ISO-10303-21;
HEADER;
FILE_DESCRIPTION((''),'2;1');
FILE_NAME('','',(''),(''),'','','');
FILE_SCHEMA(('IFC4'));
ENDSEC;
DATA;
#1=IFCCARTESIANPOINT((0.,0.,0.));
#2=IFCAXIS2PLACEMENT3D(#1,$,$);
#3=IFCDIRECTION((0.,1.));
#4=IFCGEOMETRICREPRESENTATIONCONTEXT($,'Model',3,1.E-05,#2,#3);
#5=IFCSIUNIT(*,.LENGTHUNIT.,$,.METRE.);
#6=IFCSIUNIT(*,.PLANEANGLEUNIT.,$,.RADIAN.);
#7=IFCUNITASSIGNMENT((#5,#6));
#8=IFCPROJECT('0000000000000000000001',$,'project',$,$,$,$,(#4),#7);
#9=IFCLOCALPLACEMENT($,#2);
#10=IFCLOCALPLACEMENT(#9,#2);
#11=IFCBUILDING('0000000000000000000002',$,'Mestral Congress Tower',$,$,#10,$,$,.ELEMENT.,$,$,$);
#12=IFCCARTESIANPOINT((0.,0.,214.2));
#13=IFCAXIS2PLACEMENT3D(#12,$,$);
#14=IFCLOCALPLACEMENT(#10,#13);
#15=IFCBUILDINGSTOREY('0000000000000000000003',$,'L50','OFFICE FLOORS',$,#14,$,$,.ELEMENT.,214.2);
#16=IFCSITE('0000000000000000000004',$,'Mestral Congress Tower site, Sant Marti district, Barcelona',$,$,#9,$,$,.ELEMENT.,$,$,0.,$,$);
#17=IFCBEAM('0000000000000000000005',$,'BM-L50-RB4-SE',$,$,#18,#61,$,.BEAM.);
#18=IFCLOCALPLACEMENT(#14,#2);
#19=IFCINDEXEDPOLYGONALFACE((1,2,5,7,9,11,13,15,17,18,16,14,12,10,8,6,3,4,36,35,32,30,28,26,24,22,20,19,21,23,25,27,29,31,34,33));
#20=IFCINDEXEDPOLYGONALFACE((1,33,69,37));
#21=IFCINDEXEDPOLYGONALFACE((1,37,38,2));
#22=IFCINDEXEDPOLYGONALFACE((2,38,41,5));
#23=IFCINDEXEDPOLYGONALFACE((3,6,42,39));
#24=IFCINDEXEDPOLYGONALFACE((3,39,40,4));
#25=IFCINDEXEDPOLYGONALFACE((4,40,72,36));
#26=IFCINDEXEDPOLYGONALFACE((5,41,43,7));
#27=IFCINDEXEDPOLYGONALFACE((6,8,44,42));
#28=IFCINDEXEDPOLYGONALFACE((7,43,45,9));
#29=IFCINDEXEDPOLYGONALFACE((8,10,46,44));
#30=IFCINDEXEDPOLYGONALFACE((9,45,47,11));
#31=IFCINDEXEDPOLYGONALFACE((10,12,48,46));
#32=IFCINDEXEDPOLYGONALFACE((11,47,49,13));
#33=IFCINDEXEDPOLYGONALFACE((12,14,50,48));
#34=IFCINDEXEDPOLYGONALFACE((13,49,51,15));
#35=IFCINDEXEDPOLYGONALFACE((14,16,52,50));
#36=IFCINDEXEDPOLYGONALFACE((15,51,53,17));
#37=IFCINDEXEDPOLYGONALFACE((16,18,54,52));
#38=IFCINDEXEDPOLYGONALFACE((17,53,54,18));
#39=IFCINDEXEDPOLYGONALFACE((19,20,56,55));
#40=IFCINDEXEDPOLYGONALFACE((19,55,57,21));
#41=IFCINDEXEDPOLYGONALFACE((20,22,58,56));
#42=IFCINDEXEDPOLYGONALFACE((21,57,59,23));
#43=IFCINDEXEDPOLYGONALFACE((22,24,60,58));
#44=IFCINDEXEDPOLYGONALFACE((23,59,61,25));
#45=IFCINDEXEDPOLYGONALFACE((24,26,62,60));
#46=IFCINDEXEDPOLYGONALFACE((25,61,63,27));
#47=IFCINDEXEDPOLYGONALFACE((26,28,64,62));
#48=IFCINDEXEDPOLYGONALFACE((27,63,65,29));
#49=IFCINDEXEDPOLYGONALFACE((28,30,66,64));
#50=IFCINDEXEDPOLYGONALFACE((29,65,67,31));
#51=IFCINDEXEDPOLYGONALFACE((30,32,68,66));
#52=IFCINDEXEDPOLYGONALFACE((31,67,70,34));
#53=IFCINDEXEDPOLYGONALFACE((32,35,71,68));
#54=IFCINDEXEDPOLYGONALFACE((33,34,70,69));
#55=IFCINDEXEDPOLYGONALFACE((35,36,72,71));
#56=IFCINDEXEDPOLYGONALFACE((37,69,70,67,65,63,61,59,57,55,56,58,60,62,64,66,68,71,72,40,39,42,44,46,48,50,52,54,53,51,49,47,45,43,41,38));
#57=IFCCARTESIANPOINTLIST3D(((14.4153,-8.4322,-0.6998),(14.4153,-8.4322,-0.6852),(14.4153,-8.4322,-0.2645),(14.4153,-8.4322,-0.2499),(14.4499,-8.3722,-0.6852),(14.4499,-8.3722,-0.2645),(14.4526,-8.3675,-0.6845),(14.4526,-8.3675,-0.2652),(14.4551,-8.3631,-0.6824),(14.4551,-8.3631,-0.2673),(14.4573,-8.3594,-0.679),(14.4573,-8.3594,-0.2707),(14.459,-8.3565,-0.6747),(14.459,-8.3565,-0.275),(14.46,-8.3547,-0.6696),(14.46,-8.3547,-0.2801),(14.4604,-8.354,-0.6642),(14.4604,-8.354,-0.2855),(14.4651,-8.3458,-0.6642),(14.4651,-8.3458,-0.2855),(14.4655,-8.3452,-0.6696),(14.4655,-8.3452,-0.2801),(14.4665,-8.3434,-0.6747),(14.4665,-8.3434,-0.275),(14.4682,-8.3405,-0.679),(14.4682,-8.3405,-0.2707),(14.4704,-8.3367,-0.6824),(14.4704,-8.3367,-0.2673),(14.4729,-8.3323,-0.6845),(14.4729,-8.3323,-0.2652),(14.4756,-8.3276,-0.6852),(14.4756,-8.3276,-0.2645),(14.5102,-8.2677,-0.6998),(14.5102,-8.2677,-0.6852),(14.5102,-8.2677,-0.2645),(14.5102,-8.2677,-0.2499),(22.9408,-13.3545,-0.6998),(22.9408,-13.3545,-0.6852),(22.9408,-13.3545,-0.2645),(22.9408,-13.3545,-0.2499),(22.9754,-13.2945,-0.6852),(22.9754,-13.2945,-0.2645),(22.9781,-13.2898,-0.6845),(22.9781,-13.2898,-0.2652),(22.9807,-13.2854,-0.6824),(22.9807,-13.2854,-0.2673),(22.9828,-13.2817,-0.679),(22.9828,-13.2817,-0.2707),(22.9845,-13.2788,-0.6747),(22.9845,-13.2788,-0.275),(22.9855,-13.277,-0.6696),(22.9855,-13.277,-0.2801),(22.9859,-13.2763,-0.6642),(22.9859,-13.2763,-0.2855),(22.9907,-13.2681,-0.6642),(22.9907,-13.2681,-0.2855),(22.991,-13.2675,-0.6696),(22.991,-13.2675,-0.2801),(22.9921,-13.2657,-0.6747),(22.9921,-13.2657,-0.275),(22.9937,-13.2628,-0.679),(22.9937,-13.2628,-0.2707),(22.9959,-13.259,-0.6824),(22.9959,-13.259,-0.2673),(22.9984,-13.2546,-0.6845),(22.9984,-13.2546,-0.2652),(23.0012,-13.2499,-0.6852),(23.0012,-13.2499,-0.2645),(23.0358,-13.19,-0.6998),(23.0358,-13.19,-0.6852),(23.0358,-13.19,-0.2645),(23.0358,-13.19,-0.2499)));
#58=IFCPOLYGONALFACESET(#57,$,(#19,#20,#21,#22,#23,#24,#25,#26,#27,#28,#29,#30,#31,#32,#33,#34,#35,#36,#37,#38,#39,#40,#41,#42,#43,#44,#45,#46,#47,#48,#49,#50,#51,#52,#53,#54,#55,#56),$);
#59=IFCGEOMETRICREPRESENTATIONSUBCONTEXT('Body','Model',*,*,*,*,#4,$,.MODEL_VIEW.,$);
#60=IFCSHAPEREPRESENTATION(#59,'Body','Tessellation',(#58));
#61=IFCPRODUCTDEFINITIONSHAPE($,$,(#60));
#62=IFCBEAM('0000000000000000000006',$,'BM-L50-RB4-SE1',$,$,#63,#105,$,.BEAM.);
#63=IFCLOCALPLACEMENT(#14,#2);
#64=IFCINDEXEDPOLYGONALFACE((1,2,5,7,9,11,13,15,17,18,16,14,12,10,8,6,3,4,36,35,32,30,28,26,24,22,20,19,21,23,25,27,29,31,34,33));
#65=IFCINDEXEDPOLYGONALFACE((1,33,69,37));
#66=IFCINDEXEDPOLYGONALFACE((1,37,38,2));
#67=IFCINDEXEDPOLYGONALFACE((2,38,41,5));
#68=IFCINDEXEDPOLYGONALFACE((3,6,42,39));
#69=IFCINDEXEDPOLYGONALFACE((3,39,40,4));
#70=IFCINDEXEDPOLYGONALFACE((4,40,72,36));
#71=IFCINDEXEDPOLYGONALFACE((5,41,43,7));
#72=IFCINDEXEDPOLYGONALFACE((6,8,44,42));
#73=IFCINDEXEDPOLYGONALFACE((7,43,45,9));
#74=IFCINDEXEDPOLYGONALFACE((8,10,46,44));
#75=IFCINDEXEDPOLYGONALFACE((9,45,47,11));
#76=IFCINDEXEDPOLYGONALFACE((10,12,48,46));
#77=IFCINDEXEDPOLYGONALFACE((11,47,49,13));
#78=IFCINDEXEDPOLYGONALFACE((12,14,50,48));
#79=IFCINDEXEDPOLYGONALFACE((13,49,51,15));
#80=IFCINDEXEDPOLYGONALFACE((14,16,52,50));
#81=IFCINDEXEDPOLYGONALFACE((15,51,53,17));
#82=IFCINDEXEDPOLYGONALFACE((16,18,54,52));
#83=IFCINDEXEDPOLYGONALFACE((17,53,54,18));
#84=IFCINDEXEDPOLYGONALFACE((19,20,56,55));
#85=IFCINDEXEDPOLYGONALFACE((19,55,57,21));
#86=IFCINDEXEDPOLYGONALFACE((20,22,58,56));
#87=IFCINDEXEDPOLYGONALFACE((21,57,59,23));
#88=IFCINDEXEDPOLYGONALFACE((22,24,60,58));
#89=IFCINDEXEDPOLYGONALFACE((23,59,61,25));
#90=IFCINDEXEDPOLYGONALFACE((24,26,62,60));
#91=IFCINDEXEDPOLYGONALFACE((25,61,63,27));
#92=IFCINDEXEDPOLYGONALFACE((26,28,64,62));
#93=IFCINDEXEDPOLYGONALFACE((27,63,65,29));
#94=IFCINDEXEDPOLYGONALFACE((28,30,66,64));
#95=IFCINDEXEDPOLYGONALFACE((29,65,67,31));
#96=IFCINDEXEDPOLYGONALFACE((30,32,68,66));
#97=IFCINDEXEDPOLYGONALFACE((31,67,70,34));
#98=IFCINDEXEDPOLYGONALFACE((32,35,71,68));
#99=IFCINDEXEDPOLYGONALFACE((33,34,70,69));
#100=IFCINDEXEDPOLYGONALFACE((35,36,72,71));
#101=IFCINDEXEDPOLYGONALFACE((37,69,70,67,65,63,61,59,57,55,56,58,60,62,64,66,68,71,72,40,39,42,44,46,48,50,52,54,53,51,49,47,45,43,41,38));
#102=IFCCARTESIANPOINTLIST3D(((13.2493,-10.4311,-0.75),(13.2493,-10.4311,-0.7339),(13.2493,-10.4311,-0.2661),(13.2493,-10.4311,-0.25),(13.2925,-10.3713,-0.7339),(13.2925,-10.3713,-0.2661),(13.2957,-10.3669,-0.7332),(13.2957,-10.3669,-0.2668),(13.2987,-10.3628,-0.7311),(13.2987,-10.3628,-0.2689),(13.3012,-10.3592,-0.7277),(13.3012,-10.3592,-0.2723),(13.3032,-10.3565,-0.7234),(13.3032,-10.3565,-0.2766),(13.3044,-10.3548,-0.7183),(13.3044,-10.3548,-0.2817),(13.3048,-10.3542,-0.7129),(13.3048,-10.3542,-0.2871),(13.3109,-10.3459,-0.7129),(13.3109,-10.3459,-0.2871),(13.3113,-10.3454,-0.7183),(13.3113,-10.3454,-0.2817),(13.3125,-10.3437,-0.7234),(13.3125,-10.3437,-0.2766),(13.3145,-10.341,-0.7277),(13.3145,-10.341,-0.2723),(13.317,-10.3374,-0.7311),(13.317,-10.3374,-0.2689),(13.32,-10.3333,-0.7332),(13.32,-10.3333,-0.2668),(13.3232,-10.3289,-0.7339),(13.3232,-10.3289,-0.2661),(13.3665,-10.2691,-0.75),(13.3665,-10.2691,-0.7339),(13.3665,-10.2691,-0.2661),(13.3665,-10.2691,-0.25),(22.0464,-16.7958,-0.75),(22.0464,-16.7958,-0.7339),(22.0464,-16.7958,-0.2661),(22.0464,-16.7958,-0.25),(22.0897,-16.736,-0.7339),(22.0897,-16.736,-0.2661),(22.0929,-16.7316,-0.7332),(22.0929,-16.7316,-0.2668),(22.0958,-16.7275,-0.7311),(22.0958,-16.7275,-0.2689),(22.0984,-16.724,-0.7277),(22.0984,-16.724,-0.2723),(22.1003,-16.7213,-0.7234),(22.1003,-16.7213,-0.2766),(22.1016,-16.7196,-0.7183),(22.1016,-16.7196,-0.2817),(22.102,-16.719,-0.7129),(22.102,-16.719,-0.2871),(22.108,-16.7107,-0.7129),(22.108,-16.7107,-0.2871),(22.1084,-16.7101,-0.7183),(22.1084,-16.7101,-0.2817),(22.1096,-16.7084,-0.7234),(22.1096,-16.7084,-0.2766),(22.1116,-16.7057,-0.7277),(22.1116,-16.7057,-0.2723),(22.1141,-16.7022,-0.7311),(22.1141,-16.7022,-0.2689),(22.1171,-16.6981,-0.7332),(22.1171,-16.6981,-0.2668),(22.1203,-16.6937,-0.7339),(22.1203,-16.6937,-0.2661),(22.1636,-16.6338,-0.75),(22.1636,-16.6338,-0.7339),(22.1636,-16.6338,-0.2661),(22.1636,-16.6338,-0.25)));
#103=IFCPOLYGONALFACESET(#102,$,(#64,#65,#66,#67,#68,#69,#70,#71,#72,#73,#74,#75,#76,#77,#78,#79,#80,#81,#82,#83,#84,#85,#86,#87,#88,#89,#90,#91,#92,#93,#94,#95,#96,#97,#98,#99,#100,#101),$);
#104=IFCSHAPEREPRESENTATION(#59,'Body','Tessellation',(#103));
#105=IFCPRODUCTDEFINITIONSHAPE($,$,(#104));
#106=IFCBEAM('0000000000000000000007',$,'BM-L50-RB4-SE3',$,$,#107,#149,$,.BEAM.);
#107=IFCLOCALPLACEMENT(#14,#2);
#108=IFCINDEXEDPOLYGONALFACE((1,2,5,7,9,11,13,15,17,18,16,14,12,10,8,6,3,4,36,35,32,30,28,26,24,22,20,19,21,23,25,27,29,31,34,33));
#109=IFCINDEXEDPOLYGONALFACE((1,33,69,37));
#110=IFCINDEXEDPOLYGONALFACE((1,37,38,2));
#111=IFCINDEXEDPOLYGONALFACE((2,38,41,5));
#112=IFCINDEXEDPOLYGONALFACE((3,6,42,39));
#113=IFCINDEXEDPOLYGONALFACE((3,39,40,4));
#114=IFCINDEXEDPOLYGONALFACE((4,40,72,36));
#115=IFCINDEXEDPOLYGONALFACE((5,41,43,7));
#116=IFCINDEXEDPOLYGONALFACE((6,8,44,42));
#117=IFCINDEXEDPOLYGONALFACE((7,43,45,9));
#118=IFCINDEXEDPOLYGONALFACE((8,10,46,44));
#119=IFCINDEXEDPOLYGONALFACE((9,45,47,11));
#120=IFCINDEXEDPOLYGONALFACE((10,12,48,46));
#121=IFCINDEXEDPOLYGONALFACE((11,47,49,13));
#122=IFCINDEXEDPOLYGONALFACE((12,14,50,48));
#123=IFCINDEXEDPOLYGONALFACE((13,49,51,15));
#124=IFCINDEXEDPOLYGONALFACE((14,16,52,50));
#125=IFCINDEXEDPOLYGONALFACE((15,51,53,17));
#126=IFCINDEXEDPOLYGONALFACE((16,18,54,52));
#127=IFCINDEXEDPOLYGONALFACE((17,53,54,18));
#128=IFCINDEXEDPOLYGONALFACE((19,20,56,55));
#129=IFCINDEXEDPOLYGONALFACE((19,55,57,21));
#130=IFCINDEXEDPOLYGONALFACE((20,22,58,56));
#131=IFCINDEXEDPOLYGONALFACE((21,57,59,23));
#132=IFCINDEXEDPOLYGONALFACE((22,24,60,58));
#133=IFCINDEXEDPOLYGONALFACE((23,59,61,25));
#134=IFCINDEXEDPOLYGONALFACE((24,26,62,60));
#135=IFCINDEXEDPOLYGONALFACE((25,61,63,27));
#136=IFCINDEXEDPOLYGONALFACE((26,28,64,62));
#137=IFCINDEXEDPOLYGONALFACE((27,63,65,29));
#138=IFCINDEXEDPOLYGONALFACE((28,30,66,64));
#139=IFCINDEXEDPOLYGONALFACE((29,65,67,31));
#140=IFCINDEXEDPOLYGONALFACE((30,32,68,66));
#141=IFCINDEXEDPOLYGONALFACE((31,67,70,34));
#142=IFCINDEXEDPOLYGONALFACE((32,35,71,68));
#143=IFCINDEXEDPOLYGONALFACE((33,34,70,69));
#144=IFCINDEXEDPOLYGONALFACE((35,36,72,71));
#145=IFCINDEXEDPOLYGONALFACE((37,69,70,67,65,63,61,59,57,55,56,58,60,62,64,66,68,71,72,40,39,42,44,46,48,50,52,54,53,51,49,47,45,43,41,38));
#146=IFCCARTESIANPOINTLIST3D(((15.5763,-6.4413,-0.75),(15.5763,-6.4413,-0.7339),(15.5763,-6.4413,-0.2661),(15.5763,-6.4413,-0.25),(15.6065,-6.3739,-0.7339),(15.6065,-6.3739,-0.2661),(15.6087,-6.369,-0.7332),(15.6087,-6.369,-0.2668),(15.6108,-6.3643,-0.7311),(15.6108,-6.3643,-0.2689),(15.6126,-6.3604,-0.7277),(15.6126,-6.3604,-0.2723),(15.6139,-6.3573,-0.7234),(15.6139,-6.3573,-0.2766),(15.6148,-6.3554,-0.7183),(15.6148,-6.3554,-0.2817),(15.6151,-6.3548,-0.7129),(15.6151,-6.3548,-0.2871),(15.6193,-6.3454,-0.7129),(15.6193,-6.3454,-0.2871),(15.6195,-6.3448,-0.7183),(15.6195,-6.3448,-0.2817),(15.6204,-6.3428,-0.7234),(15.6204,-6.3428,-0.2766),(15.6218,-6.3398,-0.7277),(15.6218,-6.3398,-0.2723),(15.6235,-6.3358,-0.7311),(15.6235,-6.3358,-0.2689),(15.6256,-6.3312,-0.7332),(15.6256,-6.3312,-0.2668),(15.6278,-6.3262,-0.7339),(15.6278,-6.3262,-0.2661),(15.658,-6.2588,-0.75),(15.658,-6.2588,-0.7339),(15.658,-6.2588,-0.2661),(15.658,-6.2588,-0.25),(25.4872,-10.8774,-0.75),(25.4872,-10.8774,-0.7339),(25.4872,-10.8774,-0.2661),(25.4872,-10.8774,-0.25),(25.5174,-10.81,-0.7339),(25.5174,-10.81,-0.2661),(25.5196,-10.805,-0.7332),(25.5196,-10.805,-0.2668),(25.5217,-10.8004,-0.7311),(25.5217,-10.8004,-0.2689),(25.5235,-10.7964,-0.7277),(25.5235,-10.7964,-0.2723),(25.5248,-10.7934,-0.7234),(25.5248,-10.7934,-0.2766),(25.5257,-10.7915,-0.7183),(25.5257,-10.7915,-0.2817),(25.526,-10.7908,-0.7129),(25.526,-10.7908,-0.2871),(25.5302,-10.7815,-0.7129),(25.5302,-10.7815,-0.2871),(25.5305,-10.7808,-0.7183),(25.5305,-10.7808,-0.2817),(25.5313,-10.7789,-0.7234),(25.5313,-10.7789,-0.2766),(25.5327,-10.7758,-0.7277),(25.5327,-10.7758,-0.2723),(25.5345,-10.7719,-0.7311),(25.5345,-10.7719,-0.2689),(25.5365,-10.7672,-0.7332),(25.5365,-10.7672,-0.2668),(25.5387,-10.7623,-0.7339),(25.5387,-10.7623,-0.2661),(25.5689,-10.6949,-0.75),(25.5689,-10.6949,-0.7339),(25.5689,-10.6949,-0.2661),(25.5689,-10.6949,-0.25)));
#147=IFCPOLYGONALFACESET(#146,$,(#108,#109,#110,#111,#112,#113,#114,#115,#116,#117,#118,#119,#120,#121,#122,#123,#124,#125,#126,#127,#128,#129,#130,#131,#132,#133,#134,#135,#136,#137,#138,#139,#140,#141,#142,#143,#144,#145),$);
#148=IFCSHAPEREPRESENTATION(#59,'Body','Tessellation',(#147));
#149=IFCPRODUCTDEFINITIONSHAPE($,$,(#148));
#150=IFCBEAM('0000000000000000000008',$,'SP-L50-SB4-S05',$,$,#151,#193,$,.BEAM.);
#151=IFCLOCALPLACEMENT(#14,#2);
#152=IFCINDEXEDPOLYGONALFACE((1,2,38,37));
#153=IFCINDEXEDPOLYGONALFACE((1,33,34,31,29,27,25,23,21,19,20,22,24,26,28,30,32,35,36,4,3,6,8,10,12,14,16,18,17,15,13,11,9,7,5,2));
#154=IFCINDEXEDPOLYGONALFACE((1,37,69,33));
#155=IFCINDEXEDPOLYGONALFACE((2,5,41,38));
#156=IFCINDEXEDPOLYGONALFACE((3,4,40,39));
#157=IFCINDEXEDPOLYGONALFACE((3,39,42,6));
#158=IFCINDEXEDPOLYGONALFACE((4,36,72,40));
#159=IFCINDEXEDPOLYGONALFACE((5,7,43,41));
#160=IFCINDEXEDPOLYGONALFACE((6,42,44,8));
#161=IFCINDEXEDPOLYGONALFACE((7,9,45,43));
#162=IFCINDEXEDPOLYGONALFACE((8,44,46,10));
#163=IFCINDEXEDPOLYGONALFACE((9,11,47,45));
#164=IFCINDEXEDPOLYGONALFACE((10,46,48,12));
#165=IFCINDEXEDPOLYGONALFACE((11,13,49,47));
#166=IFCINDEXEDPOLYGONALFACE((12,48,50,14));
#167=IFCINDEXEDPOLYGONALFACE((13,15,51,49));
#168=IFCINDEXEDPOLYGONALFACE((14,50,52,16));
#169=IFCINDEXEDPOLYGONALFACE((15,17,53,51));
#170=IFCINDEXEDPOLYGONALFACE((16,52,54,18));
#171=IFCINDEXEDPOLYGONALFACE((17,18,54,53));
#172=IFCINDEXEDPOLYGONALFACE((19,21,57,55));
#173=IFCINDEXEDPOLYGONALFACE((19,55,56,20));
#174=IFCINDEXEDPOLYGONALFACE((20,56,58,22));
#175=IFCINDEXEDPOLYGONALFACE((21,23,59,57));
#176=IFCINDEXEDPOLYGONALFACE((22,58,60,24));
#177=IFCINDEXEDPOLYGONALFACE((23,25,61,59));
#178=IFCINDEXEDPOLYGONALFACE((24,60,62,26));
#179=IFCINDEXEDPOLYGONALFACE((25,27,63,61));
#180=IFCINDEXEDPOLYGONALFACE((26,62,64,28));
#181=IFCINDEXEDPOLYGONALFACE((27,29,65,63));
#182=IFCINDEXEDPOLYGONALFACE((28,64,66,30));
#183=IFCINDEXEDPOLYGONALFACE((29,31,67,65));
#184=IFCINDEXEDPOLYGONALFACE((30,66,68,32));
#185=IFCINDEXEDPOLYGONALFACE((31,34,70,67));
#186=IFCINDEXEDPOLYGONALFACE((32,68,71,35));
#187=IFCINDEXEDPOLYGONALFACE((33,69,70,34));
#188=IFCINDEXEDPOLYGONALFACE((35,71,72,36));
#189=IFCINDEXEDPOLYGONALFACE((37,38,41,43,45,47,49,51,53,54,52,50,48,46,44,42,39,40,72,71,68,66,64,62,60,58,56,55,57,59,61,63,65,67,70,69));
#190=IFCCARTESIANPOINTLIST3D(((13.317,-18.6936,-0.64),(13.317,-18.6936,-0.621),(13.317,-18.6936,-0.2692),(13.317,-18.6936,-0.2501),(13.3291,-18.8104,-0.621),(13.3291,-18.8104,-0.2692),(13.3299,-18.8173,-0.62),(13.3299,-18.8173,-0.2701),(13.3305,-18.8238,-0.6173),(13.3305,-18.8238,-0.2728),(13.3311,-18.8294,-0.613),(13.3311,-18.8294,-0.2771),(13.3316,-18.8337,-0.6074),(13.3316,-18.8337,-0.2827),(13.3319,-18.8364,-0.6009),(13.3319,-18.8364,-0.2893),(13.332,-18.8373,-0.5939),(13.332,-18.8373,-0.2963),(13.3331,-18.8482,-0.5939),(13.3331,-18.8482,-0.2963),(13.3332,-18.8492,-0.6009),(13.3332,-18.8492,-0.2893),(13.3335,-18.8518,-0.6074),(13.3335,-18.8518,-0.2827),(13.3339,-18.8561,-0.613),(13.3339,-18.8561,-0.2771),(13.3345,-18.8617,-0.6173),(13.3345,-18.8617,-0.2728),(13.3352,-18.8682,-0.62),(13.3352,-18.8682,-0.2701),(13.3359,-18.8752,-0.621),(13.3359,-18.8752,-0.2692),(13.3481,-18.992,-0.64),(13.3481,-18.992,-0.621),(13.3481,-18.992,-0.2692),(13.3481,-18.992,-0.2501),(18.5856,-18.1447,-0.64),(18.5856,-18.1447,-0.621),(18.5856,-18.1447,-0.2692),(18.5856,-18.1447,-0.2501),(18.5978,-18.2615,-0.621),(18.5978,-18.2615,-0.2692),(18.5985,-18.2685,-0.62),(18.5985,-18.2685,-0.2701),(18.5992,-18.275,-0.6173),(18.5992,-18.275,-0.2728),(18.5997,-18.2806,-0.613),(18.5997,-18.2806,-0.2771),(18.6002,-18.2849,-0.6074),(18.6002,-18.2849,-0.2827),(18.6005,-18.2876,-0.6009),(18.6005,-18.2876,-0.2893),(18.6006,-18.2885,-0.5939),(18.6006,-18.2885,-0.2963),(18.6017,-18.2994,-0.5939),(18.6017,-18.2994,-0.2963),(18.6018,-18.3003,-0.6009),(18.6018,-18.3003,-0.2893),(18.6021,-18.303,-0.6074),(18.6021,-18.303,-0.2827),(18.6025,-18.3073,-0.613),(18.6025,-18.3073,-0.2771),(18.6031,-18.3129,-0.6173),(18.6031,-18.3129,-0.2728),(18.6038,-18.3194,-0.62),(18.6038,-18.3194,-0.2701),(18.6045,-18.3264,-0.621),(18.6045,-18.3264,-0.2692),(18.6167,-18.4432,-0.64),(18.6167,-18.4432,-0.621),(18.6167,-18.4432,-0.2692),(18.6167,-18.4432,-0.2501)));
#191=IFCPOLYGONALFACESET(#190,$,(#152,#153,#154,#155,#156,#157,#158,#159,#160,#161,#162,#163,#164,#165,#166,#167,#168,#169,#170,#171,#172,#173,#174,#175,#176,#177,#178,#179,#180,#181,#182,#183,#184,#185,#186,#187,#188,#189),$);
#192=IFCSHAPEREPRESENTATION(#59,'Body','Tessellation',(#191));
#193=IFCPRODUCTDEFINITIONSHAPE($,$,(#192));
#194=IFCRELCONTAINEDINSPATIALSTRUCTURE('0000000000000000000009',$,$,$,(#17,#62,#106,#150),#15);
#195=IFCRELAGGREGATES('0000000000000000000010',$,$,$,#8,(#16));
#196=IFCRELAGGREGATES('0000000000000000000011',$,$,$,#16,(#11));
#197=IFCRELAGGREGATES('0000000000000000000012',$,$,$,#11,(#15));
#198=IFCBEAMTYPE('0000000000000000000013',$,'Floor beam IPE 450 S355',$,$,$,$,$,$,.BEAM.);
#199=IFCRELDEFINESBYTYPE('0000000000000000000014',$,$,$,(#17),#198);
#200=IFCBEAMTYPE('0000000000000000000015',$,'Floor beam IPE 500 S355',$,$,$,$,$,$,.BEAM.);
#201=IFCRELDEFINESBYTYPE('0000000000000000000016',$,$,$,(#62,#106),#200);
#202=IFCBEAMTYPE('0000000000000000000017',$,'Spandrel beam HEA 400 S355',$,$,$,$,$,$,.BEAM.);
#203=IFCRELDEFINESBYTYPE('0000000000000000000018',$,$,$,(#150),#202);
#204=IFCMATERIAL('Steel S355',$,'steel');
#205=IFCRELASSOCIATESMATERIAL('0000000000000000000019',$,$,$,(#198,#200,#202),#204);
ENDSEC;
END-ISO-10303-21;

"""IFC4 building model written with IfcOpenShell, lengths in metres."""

from ifc_helpers import new_model, si_unit, direction, frame, origin, origin_2d, place, context, subcontext, project, spatial, i_section, extrude, material, material_profile, profile_set, type_object, element, save


model = new_model("IFC4")

# Units and contexts
model_context = context("Model", 3, precision=1e-05, world=origin(), true_north=direction((0.0, 1.0)))
body_context = subcontext(model_context, "Body", "Model", "MODEL_VIEW")
ifc_project = project(units=[si_unit("LENGTHUNIT", "METRE"), si_unit("PLANEANGLEUNIT", "RADIAN")], contexts=[model_context])

# Site, building, storey
site_placement = place(None, origin())
site = spatial("IfcSite", under=ifc_project, at=site_placement, Name="Mestral Congress Tower site, Sant Marti district, Barcelona", CompositionType="ELEMENT", RefElevation=0.0)
building_placement = place(site_placement, origin())
building = spatial("IfcBuilding", under=site, at=building_placement, Name="Mestral Congress Tower", CompositionType="ELEMENT")
storey_placement = place(building_placement, frame((0.0, 0.0, 214.2)))
storey = spatial("IfcBuildingStorey", under=building, at=storey_placement, Name="L50", Description="OFFICE FLOORS", CompositionType="ELEMENT", Elevation=214.2)

# Beams
ifc_material_1 = material(Name="Steel S355", Category="steel")
ifc_material_profile_1 = material_profile(ifc_material_1, i_section(OverallWidth=0.1899, OverallDepth=0.45, WebThickness=0.0095, FlangeThickness=0.0146, FilletRadius=0.021, at=origin_2d()), Name="IPE 450")
ifc_profile_set_1 = profile_set([ifc_material_profile_1], Name="Steel S355")
beam_type_1 = type_object("IfcBeamType", Name="Floor beam IPE 450 S355", PredefinedType="BEAM", material=ifc_profile_set_1)
beam_1_placement = place(storey_placement, frame((22.9883, -13.2722, -0.4749), z_axis=(-0.866022, 0.500007, 0.0), x_axis=(-0.500007, -0.866022, 0.0)))
element("IfcBeam", 1, at=beam_1_placement, inside=storey, type_object=beam_type_1, Name="BM-L50-RB4-SE", PredefinedType="BEAM", context=body_context, shape_type="SweptSolid", body=[
    extrude(i_section(OverallWidth=0.1899, OverallDepth=0.45, WebThickness=0.0095, FlangeThickness=0.0146, FilletRadius=0.021, at=origin_2d()), origin(), (0.0, 0.0, 1.0), 9.8445),
])
ifc_material_profile_2 = material_profile(ifc_material_1, i_section(OverallWidth=0.2, OverallDepth=0.5, WebThickness=0.0103, FlangeThickness=0.0161, FilletRadius=0.021, at=origin_2d()), Name="IPE 500")
ifc_profile_set_2 = profile_set([ifc_material_profile_2], Name="Steel S355")
beam_type_2 = type_object("IfcBeamType", Name="Floor beam IPE 500 S355", PredefinedType="BEAM", material=ifc_profile_set_2)
beam_2_placement = place(storey_placement, frame((22.105, -16.7148, -0.5), z_axis=(-0.810186, 0.586173, 0.0), x_axis=(-0.586173, -0.810186, 0.0)))
element("IfcBeam", 2, at=beam_2_placement, inside=storey, type_object=beam_type_2, Name="BM-L50-RB4-SE1", PredefinedType="BEAM", context=body_context, shape_type="SweptSolid", body=[
    extrude(i_section(OverallWidth=0.2, OverallDepth=0.5, WebThickness=0.0103, FlangeThickness=0.0161, FilletRadius=0.021, at=origin_2d()), origin(), (0.0, 0.0, 1.0), 10.8582),
])
beam_3_placement = place(storey_placement, frame((25.5281, -10.7861, -0.5), z_axis=(-0.912742, 0.408536, 0.0), x_axis=(-0.408536, -0.912742, 0.0)))
element("IfcBeam", 3, at=beam_3_placement, inside=storey, type_object=beam_type_2, Name="BM-L50-RB4-SE3", PredefinedType="BEAM", context=body_context, shape_type="SweptSolid", body=[
    extrude(i_section(OverallWidth=0.2, OverallDepth=0.5, WebThickness=0.0103, FlangeThickness=0.0161, FilletRadius=0.021, at=origin_2d()), origin(), (0.0, 0.0, 1.0), 10.8584),
])
ifc_material_profile_3 = material_profile(ifc_material_1, i_section(OverallWidth=0.3, OverallDepth=0.3899, WebThickness=0.011, FlangeThickness=0.019, FilletRadius=0.0271, at=origin_2d()), Name="HEA 400")
ifc_profile_set_3 = profile_set([ifc_material_profile_3], Name="Steel S355")
beam_type_3 = type_object("IfcBeamType", Name="Spandrel beam HEA 400 S355", PredefinedType="BEAM", material=ifc_profile_set_3)
beam_4_placement = place(storey_placement, frame((13.3325, -18.8428, -0.4451), z_axis=(0.994618, 0.10361, 0.0), x_axis=(-0.10361, 0.994618, 0.0)))
element("IfcBeam", 4, at=beam_4_placement, inside=storey, type_object=beam_type_3, Name="SP-L50-SB4-S05", PredefinedType="BEAM", context=body_context, shape_type="SweptSolid", body=[
    extrude(i_section(OverallWidth=0.3, OverallDepth=0.3899, WebThickness=0.011, FlangeThickness=0.019, FilletRadius=0.0271, at=origin_2d()), origin(), (0.0, 0.0, 1.0), 5.2971),
])

save(model, "model.ifc")
